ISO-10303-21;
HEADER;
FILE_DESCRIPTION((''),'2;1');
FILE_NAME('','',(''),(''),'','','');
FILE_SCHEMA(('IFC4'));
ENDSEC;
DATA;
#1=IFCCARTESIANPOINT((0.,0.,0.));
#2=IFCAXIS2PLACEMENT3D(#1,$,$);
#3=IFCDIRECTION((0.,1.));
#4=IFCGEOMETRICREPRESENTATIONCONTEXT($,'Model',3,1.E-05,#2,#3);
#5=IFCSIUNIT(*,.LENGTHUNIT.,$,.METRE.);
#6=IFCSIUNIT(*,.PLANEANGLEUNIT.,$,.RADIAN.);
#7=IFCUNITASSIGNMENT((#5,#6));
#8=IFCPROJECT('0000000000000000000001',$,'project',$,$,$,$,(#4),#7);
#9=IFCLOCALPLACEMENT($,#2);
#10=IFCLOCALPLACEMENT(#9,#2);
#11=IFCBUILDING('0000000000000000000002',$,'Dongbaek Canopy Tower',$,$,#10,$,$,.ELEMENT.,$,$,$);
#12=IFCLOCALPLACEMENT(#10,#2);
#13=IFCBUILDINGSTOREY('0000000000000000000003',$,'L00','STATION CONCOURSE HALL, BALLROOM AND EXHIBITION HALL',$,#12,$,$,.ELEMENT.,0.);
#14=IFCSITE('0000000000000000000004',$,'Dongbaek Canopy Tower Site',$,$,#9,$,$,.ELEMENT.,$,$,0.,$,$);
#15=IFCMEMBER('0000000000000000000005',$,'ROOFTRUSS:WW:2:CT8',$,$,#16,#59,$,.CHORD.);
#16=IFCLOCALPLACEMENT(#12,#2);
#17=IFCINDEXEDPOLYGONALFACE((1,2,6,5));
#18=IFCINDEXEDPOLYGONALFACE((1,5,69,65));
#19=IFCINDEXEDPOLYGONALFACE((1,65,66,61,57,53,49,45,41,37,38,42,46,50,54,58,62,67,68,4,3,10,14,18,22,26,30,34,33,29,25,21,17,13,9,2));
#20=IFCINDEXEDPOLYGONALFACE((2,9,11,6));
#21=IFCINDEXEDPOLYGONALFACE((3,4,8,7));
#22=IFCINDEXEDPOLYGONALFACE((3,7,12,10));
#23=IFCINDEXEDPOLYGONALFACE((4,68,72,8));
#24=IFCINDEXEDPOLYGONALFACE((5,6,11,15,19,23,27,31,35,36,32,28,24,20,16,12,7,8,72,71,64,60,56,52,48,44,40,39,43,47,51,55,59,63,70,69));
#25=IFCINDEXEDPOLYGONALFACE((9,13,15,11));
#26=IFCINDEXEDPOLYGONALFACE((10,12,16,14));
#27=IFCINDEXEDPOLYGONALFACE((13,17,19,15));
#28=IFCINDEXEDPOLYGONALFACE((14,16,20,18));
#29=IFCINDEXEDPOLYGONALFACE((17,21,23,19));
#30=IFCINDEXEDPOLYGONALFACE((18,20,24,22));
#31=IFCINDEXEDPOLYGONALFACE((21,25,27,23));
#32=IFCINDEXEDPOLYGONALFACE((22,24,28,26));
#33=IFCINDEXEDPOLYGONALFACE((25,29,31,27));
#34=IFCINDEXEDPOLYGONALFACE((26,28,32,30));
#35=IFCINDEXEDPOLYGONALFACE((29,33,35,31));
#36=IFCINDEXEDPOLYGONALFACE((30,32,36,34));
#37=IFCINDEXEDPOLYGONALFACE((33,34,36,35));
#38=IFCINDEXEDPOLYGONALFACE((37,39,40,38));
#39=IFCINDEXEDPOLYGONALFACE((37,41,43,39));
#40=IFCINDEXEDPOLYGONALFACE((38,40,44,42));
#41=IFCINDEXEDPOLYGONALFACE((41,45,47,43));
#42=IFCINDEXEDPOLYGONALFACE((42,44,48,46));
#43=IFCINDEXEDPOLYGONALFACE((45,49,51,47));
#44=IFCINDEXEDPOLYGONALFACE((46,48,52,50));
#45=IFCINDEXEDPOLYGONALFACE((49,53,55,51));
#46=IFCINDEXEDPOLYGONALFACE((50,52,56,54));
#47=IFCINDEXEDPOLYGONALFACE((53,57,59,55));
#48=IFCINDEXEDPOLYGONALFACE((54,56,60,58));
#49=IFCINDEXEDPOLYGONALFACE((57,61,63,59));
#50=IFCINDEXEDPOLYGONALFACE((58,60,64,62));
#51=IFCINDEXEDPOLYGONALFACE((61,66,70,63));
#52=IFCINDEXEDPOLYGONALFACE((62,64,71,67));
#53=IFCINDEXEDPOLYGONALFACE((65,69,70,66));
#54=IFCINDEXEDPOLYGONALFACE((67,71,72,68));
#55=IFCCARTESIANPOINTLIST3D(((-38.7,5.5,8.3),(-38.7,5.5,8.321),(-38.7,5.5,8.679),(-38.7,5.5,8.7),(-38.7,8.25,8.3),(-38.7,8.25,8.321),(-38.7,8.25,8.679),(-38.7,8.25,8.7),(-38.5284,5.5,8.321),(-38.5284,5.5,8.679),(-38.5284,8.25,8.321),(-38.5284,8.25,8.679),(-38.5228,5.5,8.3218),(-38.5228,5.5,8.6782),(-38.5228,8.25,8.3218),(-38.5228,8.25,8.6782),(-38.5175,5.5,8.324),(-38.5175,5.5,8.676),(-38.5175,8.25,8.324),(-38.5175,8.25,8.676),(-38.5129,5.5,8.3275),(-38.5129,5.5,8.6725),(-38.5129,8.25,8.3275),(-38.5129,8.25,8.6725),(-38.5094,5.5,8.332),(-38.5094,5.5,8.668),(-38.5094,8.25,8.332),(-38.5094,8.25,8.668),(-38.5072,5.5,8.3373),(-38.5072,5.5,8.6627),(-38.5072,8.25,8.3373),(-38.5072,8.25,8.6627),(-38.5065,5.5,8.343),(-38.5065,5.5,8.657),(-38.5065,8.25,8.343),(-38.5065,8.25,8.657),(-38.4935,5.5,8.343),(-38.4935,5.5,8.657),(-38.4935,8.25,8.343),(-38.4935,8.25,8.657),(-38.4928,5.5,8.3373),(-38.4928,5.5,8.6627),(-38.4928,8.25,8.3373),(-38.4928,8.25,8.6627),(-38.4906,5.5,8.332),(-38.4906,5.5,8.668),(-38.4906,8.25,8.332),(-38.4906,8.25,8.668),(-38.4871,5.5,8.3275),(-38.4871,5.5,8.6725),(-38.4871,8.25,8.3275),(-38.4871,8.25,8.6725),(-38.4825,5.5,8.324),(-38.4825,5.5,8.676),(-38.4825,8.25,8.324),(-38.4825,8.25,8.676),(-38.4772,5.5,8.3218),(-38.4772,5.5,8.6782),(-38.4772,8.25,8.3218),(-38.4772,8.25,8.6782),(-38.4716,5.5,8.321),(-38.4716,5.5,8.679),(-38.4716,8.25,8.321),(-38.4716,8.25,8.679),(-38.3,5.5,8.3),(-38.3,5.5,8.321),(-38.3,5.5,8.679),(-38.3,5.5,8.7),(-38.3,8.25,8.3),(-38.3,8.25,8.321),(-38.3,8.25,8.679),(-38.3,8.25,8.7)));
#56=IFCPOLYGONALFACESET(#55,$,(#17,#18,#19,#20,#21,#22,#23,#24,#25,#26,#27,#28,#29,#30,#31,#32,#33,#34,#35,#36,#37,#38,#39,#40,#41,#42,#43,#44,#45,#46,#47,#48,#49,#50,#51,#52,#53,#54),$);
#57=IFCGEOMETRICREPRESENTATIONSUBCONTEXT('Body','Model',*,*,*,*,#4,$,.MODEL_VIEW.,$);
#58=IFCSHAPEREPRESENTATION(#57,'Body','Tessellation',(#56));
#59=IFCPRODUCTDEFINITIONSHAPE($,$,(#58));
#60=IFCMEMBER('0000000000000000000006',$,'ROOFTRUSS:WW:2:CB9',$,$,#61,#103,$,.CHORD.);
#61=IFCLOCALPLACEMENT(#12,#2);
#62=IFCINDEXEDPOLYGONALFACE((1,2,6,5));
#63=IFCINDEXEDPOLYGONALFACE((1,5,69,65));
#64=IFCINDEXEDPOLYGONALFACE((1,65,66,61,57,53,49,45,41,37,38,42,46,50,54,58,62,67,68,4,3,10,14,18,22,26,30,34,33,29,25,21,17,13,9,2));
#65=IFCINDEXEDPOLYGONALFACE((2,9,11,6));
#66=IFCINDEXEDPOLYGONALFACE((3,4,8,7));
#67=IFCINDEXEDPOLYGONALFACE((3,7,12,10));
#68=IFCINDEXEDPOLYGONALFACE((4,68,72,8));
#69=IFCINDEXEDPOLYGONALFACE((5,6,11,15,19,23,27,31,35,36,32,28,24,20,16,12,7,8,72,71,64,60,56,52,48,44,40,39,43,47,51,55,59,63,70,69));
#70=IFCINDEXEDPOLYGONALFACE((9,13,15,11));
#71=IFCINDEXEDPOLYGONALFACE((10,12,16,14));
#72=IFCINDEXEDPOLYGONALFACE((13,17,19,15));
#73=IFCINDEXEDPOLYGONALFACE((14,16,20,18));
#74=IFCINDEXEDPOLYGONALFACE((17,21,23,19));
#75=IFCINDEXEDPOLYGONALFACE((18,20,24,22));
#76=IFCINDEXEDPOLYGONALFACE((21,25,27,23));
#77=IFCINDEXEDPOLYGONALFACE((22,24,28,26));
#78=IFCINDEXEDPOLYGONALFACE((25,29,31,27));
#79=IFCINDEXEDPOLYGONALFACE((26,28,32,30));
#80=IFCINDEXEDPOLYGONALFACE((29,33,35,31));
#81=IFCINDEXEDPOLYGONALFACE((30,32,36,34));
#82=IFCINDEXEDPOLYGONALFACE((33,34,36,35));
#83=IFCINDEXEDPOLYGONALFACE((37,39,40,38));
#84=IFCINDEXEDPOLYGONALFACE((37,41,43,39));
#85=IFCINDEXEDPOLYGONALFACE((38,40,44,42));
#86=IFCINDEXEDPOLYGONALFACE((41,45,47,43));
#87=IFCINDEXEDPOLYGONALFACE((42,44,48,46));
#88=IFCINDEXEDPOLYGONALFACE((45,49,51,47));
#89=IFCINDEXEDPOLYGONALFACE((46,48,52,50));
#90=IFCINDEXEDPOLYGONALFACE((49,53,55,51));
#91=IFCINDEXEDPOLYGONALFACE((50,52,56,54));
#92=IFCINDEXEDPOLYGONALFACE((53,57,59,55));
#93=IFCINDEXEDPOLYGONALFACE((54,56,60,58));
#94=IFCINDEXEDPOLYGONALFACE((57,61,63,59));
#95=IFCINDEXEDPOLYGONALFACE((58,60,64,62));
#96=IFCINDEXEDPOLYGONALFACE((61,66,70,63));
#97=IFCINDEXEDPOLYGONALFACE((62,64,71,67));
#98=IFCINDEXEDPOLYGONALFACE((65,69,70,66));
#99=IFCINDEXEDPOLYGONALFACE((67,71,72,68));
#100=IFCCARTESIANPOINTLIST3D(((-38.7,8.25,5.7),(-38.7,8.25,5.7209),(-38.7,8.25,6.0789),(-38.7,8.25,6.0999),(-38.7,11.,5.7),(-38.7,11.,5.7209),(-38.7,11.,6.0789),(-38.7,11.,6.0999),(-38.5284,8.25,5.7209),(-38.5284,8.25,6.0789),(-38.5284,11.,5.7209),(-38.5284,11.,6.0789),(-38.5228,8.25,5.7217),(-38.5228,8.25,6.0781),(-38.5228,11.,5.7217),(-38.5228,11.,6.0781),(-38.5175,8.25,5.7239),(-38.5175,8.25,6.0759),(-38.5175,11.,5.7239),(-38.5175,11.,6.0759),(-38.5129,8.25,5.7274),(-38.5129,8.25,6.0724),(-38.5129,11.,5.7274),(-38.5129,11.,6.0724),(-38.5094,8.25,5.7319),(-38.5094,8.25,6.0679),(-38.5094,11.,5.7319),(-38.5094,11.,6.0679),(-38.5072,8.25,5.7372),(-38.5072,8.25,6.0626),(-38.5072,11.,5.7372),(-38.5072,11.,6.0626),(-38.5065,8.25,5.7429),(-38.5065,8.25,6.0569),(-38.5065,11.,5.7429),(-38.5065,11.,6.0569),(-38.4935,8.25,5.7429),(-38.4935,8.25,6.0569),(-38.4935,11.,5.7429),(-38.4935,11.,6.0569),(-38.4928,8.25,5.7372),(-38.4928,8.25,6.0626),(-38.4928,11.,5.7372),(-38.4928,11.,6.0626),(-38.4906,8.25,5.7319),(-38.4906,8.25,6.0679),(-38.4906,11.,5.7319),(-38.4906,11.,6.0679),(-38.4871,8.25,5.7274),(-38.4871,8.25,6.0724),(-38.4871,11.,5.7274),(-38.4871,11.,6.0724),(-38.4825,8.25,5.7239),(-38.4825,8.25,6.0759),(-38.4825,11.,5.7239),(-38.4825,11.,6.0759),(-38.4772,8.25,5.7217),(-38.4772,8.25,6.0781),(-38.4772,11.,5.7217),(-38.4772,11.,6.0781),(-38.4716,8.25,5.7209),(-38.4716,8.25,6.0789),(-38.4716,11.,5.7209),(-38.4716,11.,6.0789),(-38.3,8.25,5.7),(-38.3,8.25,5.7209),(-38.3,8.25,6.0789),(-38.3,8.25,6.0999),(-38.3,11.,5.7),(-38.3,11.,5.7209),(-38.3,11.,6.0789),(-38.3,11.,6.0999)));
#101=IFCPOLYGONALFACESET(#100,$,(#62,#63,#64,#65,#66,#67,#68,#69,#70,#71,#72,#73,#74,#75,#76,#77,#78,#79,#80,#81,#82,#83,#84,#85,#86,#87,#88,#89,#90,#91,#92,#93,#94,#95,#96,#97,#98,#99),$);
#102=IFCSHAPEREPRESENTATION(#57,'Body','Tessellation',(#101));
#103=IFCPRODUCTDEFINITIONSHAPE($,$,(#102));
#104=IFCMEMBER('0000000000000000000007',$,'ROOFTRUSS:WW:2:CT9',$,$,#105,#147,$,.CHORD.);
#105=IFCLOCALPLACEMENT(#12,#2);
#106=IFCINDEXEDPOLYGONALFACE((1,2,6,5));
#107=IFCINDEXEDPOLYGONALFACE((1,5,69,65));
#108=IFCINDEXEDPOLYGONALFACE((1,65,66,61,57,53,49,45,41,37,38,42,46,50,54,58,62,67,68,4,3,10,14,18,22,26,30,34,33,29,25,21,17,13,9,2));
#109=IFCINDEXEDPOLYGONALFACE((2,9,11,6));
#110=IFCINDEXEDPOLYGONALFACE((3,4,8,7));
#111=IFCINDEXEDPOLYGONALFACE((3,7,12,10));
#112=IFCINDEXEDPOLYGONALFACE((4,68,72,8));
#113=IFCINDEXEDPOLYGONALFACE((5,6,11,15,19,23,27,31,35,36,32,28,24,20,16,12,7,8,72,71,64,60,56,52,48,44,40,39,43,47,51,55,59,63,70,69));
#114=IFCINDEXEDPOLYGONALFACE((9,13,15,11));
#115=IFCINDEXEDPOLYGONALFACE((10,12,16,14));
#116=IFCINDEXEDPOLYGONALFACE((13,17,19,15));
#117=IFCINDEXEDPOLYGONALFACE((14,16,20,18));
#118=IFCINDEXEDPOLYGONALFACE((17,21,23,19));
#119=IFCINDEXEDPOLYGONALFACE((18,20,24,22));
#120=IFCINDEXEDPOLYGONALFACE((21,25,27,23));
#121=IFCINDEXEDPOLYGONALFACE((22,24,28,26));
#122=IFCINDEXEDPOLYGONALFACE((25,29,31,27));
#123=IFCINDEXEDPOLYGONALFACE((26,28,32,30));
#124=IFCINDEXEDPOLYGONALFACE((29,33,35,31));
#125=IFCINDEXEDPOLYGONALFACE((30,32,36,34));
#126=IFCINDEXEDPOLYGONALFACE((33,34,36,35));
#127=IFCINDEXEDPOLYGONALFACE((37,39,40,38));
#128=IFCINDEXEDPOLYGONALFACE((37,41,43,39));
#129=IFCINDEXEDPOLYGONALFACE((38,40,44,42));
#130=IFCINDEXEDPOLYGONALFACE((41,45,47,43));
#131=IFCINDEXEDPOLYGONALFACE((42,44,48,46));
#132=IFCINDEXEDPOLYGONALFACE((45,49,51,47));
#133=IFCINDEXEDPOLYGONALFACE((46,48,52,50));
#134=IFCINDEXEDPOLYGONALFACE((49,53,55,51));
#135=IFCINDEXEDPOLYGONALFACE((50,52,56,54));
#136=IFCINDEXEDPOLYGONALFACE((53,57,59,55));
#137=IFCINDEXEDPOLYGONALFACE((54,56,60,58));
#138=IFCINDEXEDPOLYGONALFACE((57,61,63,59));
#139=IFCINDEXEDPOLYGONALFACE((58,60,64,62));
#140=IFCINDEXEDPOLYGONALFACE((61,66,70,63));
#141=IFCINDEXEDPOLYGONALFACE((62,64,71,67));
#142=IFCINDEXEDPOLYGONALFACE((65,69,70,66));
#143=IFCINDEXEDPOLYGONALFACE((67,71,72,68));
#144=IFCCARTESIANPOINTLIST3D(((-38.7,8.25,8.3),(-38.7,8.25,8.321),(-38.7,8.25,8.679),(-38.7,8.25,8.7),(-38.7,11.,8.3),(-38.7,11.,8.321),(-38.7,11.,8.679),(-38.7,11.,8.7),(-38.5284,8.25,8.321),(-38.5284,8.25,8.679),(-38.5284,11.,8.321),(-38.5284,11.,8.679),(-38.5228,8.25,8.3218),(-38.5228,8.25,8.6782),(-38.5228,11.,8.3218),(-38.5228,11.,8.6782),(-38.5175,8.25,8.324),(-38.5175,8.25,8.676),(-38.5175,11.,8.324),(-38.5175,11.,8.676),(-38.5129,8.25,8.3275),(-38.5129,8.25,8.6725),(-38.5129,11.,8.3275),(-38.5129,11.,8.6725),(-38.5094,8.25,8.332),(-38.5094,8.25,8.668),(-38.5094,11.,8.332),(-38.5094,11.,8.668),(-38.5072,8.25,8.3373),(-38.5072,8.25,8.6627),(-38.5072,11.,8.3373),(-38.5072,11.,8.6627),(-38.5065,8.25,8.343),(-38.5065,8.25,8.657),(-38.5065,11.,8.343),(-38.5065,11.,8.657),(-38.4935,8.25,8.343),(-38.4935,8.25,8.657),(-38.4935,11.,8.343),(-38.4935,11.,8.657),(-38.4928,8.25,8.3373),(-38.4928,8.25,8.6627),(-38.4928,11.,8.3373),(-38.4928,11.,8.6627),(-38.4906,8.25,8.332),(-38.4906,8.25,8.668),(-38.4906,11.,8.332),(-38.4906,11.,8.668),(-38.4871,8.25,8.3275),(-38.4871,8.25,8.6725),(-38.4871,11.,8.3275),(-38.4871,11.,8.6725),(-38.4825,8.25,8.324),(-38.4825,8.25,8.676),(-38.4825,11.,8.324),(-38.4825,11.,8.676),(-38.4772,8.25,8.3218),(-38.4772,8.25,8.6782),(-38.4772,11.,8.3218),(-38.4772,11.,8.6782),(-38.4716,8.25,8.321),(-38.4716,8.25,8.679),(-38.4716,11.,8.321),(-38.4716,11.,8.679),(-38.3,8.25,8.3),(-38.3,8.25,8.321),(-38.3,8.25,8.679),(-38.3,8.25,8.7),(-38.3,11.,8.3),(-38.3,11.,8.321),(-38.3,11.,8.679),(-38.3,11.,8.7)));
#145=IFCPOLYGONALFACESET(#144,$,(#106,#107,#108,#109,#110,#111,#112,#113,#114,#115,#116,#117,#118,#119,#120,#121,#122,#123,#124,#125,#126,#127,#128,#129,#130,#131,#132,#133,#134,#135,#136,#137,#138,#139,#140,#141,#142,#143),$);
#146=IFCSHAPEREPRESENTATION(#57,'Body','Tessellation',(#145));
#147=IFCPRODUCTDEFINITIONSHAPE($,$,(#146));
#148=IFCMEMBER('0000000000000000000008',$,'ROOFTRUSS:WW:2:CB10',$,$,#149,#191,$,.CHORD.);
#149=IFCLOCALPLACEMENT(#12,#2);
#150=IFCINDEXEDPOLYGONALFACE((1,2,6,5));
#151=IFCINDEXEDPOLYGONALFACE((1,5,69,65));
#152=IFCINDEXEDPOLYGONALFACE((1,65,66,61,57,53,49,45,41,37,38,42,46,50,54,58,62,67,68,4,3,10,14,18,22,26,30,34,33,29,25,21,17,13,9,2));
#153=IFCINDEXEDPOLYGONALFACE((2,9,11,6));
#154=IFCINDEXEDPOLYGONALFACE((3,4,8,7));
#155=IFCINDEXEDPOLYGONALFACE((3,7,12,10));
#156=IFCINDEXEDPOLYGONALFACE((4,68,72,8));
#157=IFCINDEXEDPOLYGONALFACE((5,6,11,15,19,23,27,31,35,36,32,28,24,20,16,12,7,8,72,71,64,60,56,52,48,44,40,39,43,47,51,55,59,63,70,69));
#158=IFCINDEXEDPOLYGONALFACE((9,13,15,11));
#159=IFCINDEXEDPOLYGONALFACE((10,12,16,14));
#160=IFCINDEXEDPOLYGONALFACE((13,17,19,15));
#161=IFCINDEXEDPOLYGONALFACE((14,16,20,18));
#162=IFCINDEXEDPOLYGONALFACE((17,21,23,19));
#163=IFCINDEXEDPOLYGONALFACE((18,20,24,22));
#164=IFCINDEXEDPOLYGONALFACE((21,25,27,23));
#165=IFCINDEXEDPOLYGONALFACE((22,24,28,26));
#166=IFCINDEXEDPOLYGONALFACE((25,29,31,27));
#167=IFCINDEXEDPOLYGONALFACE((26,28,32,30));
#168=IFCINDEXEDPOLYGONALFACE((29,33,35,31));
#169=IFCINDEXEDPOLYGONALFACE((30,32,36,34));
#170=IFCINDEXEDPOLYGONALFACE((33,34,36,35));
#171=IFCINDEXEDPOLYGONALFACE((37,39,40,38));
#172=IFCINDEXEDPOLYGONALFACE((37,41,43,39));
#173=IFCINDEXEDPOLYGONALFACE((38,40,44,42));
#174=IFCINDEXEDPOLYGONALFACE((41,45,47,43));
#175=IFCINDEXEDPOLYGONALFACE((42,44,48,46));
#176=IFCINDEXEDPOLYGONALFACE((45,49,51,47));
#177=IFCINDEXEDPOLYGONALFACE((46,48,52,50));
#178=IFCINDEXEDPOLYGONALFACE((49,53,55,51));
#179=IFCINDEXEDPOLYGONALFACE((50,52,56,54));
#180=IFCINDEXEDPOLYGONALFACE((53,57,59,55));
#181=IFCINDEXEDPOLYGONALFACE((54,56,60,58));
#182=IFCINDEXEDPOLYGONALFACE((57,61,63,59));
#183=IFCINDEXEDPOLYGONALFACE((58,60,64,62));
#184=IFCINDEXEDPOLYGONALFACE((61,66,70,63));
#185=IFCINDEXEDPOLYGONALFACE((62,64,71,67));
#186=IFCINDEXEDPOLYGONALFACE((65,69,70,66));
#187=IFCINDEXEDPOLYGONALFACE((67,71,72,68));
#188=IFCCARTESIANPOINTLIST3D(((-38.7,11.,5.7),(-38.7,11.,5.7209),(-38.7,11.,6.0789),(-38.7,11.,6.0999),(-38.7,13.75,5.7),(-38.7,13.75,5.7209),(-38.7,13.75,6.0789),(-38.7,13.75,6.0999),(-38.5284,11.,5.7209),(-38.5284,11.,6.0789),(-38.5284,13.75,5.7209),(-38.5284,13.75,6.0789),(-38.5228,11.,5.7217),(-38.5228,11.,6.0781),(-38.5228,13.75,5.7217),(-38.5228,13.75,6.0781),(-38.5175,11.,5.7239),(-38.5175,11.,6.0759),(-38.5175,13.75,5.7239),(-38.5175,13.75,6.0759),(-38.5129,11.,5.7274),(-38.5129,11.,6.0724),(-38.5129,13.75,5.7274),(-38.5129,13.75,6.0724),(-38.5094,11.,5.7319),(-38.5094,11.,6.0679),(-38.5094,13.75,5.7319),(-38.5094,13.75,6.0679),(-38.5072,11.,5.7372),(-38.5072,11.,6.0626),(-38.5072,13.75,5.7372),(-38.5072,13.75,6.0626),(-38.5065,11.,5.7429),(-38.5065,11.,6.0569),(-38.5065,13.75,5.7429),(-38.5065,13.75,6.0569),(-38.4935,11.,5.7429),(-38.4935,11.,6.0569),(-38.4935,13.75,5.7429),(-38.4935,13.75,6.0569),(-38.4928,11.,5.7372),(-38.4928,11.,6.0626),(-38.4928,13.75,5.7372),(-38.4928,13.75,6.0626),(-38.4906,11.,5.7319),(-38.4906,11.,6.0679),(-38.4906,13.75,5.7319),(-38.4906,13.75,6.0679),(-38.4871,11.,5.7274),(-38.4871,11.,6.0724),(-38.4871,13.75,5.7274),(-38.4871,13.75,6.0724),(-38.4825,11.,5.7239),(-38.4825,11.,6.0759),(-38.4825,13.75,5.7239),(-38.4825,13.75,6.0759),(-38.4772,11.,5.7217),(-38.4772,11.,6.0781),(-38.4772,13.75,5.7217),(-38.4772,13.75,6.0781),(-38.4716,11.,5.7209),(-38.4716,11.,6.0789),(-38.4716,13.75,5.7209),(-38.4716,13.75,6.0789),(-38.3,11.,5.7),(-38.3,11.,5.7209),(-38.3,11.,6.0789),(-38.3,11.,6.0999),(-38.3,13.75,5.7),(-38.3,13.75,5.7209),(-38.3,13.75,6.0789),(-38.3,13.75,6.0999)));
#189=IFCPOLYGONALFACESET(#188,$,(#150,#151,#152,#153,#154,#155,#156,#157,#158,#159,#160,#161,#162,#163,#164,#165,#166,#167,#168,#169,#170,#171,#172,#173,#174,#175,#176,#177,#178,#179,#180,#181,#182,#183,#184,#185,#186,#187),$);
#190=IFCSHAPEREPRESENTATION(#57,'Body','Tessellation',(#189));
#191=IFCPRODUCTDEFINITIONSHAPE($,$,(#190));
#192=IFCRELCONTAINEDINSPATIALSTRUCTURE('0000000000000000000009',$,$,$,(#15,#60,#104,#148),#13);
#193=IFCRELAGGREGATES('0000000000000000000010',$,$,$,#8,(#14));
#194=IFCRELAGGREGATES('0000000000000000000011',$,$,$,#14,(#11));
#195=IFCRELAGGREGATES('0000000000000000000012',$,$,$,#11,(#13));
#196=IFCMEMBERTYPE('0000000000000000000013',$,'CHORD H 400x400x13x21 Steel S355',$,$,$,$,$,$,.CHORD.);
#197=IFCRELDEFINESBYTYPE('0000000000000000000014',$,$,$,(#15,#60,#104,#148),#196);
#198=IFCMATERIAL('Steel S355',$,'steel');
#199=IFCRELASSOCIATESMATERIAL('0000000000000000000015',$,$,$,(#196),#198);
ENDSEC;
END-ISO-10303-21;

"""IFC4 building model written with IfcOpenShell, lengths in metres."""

from ifc_helpers import new_model, si_unit, direction, frame, origin, origin_2d, place, context, subcontext, project, spatial, i_section, extrude, material, material_profile, profile_set, type_object, element, save


model = new_model("IFC4")

# Units and contexts
model_context = context("Model", 3, precision=1e-05, world=origin(), true_north=direction((0.0, 1.0)))
body_context = subcontext(model_context, "Body", "Model", "MODEL_VIEW")
ifc_project = project(units=[si_unit("LENGTHUNIT", "METRE"), si_unit("PLANEANGLEUNIT", "RADIAN")], contexts=[model_context])

# Site, building, storey
site_placement = place(None, origin())
site = spatial("IfcSite", under=ifc_project, at=site_placement, Name="Dongbaek Canopy Tower Site", CompositionType="ELEMENT", RefElevation=0.0)
building_placement = place(site_placement, origin())
building = spatial("IfcBuilding", under=site, at=building_placement, Name="Dongbaek Canopy Tower", CompositionType="ELEMENT")
storey_placement = place(building_placement, origin())
storey = spatial("IfcBuildingStorey", under=building, at=storey_placement, Name="L00", Description="STATION CONCOURSE HALL, BALLROOM AND EXHIBITION HALL", CompositionType="ELEMENT", Elevation=0.0)

# Members
ifc_material_1 = material(Name="Steel S355", Category="steel")
ifc_material_profile_1 = material_profile(ifc_material_1, i_section(OverallWidth=0.3999, OverallDepth=0.3999, WebThickness=0.0129, FlangeThickness=0.021, FilletRadius=0.022, at=origin_2d()), Name="CHORD H 400x400x13x21 Steel S355")
ifc_profile_set_1 = profile_set([ifc_material_profile_1], Name="Steel S355")
member_type_1 = type_object("IfcMemberType", Name="CHORD H 400x400x13x21 Steel S355", PredefinedType="CHORD", material=ifc_profile_set_1)
for number, where, z_axis, x_axis, name in (
    (1, (-38.5, 5.5, 8.5), (0.0, 1.0, 0.0), (-1.0, 0.0, 0.0), "ROOFTRUSS:WW:2:CT8"),
    (2, (-38.5, 8.25, 5.8999), (0.0, 1.0, 0.0), (-1.0, 0.0, 0.0), "ROOFTRUSS:WW:2:CB9"),
    (3, (-38.5, 8.25, 8.5), (0.0, 1.0, 0.0), (-1.0, 0.0, 0.0), "ROOFTRUSS:WW:2:CT9"),
    (4, (-38.5, 11.0, 5.8999), (0.0, 1.0, 0.0), (-1.0, 0.0, 0.0), "ROOFTRUSS:WW:2:CB10"),
):
    element("IfcMember", number, at=place(storey_placement, frame(where, z_axis=z_axis, x_axis=x_axis)), inside=storey, type_object=member_type_1, Name=name, PredefinedType="CHORD", context=body_context, shape_type="SweptSolid", body=[
        extrude(i_section(OverallWidth=0.3999, OverallDepth=0.3999, WebThickness=0.0129, FlangeThickness=0.021, FilletRadius=0.022, at=origin_2d()), origin(), (0.0, 0.0, 1.0), 2.75),
    ])

save(model, "model.ifc")
